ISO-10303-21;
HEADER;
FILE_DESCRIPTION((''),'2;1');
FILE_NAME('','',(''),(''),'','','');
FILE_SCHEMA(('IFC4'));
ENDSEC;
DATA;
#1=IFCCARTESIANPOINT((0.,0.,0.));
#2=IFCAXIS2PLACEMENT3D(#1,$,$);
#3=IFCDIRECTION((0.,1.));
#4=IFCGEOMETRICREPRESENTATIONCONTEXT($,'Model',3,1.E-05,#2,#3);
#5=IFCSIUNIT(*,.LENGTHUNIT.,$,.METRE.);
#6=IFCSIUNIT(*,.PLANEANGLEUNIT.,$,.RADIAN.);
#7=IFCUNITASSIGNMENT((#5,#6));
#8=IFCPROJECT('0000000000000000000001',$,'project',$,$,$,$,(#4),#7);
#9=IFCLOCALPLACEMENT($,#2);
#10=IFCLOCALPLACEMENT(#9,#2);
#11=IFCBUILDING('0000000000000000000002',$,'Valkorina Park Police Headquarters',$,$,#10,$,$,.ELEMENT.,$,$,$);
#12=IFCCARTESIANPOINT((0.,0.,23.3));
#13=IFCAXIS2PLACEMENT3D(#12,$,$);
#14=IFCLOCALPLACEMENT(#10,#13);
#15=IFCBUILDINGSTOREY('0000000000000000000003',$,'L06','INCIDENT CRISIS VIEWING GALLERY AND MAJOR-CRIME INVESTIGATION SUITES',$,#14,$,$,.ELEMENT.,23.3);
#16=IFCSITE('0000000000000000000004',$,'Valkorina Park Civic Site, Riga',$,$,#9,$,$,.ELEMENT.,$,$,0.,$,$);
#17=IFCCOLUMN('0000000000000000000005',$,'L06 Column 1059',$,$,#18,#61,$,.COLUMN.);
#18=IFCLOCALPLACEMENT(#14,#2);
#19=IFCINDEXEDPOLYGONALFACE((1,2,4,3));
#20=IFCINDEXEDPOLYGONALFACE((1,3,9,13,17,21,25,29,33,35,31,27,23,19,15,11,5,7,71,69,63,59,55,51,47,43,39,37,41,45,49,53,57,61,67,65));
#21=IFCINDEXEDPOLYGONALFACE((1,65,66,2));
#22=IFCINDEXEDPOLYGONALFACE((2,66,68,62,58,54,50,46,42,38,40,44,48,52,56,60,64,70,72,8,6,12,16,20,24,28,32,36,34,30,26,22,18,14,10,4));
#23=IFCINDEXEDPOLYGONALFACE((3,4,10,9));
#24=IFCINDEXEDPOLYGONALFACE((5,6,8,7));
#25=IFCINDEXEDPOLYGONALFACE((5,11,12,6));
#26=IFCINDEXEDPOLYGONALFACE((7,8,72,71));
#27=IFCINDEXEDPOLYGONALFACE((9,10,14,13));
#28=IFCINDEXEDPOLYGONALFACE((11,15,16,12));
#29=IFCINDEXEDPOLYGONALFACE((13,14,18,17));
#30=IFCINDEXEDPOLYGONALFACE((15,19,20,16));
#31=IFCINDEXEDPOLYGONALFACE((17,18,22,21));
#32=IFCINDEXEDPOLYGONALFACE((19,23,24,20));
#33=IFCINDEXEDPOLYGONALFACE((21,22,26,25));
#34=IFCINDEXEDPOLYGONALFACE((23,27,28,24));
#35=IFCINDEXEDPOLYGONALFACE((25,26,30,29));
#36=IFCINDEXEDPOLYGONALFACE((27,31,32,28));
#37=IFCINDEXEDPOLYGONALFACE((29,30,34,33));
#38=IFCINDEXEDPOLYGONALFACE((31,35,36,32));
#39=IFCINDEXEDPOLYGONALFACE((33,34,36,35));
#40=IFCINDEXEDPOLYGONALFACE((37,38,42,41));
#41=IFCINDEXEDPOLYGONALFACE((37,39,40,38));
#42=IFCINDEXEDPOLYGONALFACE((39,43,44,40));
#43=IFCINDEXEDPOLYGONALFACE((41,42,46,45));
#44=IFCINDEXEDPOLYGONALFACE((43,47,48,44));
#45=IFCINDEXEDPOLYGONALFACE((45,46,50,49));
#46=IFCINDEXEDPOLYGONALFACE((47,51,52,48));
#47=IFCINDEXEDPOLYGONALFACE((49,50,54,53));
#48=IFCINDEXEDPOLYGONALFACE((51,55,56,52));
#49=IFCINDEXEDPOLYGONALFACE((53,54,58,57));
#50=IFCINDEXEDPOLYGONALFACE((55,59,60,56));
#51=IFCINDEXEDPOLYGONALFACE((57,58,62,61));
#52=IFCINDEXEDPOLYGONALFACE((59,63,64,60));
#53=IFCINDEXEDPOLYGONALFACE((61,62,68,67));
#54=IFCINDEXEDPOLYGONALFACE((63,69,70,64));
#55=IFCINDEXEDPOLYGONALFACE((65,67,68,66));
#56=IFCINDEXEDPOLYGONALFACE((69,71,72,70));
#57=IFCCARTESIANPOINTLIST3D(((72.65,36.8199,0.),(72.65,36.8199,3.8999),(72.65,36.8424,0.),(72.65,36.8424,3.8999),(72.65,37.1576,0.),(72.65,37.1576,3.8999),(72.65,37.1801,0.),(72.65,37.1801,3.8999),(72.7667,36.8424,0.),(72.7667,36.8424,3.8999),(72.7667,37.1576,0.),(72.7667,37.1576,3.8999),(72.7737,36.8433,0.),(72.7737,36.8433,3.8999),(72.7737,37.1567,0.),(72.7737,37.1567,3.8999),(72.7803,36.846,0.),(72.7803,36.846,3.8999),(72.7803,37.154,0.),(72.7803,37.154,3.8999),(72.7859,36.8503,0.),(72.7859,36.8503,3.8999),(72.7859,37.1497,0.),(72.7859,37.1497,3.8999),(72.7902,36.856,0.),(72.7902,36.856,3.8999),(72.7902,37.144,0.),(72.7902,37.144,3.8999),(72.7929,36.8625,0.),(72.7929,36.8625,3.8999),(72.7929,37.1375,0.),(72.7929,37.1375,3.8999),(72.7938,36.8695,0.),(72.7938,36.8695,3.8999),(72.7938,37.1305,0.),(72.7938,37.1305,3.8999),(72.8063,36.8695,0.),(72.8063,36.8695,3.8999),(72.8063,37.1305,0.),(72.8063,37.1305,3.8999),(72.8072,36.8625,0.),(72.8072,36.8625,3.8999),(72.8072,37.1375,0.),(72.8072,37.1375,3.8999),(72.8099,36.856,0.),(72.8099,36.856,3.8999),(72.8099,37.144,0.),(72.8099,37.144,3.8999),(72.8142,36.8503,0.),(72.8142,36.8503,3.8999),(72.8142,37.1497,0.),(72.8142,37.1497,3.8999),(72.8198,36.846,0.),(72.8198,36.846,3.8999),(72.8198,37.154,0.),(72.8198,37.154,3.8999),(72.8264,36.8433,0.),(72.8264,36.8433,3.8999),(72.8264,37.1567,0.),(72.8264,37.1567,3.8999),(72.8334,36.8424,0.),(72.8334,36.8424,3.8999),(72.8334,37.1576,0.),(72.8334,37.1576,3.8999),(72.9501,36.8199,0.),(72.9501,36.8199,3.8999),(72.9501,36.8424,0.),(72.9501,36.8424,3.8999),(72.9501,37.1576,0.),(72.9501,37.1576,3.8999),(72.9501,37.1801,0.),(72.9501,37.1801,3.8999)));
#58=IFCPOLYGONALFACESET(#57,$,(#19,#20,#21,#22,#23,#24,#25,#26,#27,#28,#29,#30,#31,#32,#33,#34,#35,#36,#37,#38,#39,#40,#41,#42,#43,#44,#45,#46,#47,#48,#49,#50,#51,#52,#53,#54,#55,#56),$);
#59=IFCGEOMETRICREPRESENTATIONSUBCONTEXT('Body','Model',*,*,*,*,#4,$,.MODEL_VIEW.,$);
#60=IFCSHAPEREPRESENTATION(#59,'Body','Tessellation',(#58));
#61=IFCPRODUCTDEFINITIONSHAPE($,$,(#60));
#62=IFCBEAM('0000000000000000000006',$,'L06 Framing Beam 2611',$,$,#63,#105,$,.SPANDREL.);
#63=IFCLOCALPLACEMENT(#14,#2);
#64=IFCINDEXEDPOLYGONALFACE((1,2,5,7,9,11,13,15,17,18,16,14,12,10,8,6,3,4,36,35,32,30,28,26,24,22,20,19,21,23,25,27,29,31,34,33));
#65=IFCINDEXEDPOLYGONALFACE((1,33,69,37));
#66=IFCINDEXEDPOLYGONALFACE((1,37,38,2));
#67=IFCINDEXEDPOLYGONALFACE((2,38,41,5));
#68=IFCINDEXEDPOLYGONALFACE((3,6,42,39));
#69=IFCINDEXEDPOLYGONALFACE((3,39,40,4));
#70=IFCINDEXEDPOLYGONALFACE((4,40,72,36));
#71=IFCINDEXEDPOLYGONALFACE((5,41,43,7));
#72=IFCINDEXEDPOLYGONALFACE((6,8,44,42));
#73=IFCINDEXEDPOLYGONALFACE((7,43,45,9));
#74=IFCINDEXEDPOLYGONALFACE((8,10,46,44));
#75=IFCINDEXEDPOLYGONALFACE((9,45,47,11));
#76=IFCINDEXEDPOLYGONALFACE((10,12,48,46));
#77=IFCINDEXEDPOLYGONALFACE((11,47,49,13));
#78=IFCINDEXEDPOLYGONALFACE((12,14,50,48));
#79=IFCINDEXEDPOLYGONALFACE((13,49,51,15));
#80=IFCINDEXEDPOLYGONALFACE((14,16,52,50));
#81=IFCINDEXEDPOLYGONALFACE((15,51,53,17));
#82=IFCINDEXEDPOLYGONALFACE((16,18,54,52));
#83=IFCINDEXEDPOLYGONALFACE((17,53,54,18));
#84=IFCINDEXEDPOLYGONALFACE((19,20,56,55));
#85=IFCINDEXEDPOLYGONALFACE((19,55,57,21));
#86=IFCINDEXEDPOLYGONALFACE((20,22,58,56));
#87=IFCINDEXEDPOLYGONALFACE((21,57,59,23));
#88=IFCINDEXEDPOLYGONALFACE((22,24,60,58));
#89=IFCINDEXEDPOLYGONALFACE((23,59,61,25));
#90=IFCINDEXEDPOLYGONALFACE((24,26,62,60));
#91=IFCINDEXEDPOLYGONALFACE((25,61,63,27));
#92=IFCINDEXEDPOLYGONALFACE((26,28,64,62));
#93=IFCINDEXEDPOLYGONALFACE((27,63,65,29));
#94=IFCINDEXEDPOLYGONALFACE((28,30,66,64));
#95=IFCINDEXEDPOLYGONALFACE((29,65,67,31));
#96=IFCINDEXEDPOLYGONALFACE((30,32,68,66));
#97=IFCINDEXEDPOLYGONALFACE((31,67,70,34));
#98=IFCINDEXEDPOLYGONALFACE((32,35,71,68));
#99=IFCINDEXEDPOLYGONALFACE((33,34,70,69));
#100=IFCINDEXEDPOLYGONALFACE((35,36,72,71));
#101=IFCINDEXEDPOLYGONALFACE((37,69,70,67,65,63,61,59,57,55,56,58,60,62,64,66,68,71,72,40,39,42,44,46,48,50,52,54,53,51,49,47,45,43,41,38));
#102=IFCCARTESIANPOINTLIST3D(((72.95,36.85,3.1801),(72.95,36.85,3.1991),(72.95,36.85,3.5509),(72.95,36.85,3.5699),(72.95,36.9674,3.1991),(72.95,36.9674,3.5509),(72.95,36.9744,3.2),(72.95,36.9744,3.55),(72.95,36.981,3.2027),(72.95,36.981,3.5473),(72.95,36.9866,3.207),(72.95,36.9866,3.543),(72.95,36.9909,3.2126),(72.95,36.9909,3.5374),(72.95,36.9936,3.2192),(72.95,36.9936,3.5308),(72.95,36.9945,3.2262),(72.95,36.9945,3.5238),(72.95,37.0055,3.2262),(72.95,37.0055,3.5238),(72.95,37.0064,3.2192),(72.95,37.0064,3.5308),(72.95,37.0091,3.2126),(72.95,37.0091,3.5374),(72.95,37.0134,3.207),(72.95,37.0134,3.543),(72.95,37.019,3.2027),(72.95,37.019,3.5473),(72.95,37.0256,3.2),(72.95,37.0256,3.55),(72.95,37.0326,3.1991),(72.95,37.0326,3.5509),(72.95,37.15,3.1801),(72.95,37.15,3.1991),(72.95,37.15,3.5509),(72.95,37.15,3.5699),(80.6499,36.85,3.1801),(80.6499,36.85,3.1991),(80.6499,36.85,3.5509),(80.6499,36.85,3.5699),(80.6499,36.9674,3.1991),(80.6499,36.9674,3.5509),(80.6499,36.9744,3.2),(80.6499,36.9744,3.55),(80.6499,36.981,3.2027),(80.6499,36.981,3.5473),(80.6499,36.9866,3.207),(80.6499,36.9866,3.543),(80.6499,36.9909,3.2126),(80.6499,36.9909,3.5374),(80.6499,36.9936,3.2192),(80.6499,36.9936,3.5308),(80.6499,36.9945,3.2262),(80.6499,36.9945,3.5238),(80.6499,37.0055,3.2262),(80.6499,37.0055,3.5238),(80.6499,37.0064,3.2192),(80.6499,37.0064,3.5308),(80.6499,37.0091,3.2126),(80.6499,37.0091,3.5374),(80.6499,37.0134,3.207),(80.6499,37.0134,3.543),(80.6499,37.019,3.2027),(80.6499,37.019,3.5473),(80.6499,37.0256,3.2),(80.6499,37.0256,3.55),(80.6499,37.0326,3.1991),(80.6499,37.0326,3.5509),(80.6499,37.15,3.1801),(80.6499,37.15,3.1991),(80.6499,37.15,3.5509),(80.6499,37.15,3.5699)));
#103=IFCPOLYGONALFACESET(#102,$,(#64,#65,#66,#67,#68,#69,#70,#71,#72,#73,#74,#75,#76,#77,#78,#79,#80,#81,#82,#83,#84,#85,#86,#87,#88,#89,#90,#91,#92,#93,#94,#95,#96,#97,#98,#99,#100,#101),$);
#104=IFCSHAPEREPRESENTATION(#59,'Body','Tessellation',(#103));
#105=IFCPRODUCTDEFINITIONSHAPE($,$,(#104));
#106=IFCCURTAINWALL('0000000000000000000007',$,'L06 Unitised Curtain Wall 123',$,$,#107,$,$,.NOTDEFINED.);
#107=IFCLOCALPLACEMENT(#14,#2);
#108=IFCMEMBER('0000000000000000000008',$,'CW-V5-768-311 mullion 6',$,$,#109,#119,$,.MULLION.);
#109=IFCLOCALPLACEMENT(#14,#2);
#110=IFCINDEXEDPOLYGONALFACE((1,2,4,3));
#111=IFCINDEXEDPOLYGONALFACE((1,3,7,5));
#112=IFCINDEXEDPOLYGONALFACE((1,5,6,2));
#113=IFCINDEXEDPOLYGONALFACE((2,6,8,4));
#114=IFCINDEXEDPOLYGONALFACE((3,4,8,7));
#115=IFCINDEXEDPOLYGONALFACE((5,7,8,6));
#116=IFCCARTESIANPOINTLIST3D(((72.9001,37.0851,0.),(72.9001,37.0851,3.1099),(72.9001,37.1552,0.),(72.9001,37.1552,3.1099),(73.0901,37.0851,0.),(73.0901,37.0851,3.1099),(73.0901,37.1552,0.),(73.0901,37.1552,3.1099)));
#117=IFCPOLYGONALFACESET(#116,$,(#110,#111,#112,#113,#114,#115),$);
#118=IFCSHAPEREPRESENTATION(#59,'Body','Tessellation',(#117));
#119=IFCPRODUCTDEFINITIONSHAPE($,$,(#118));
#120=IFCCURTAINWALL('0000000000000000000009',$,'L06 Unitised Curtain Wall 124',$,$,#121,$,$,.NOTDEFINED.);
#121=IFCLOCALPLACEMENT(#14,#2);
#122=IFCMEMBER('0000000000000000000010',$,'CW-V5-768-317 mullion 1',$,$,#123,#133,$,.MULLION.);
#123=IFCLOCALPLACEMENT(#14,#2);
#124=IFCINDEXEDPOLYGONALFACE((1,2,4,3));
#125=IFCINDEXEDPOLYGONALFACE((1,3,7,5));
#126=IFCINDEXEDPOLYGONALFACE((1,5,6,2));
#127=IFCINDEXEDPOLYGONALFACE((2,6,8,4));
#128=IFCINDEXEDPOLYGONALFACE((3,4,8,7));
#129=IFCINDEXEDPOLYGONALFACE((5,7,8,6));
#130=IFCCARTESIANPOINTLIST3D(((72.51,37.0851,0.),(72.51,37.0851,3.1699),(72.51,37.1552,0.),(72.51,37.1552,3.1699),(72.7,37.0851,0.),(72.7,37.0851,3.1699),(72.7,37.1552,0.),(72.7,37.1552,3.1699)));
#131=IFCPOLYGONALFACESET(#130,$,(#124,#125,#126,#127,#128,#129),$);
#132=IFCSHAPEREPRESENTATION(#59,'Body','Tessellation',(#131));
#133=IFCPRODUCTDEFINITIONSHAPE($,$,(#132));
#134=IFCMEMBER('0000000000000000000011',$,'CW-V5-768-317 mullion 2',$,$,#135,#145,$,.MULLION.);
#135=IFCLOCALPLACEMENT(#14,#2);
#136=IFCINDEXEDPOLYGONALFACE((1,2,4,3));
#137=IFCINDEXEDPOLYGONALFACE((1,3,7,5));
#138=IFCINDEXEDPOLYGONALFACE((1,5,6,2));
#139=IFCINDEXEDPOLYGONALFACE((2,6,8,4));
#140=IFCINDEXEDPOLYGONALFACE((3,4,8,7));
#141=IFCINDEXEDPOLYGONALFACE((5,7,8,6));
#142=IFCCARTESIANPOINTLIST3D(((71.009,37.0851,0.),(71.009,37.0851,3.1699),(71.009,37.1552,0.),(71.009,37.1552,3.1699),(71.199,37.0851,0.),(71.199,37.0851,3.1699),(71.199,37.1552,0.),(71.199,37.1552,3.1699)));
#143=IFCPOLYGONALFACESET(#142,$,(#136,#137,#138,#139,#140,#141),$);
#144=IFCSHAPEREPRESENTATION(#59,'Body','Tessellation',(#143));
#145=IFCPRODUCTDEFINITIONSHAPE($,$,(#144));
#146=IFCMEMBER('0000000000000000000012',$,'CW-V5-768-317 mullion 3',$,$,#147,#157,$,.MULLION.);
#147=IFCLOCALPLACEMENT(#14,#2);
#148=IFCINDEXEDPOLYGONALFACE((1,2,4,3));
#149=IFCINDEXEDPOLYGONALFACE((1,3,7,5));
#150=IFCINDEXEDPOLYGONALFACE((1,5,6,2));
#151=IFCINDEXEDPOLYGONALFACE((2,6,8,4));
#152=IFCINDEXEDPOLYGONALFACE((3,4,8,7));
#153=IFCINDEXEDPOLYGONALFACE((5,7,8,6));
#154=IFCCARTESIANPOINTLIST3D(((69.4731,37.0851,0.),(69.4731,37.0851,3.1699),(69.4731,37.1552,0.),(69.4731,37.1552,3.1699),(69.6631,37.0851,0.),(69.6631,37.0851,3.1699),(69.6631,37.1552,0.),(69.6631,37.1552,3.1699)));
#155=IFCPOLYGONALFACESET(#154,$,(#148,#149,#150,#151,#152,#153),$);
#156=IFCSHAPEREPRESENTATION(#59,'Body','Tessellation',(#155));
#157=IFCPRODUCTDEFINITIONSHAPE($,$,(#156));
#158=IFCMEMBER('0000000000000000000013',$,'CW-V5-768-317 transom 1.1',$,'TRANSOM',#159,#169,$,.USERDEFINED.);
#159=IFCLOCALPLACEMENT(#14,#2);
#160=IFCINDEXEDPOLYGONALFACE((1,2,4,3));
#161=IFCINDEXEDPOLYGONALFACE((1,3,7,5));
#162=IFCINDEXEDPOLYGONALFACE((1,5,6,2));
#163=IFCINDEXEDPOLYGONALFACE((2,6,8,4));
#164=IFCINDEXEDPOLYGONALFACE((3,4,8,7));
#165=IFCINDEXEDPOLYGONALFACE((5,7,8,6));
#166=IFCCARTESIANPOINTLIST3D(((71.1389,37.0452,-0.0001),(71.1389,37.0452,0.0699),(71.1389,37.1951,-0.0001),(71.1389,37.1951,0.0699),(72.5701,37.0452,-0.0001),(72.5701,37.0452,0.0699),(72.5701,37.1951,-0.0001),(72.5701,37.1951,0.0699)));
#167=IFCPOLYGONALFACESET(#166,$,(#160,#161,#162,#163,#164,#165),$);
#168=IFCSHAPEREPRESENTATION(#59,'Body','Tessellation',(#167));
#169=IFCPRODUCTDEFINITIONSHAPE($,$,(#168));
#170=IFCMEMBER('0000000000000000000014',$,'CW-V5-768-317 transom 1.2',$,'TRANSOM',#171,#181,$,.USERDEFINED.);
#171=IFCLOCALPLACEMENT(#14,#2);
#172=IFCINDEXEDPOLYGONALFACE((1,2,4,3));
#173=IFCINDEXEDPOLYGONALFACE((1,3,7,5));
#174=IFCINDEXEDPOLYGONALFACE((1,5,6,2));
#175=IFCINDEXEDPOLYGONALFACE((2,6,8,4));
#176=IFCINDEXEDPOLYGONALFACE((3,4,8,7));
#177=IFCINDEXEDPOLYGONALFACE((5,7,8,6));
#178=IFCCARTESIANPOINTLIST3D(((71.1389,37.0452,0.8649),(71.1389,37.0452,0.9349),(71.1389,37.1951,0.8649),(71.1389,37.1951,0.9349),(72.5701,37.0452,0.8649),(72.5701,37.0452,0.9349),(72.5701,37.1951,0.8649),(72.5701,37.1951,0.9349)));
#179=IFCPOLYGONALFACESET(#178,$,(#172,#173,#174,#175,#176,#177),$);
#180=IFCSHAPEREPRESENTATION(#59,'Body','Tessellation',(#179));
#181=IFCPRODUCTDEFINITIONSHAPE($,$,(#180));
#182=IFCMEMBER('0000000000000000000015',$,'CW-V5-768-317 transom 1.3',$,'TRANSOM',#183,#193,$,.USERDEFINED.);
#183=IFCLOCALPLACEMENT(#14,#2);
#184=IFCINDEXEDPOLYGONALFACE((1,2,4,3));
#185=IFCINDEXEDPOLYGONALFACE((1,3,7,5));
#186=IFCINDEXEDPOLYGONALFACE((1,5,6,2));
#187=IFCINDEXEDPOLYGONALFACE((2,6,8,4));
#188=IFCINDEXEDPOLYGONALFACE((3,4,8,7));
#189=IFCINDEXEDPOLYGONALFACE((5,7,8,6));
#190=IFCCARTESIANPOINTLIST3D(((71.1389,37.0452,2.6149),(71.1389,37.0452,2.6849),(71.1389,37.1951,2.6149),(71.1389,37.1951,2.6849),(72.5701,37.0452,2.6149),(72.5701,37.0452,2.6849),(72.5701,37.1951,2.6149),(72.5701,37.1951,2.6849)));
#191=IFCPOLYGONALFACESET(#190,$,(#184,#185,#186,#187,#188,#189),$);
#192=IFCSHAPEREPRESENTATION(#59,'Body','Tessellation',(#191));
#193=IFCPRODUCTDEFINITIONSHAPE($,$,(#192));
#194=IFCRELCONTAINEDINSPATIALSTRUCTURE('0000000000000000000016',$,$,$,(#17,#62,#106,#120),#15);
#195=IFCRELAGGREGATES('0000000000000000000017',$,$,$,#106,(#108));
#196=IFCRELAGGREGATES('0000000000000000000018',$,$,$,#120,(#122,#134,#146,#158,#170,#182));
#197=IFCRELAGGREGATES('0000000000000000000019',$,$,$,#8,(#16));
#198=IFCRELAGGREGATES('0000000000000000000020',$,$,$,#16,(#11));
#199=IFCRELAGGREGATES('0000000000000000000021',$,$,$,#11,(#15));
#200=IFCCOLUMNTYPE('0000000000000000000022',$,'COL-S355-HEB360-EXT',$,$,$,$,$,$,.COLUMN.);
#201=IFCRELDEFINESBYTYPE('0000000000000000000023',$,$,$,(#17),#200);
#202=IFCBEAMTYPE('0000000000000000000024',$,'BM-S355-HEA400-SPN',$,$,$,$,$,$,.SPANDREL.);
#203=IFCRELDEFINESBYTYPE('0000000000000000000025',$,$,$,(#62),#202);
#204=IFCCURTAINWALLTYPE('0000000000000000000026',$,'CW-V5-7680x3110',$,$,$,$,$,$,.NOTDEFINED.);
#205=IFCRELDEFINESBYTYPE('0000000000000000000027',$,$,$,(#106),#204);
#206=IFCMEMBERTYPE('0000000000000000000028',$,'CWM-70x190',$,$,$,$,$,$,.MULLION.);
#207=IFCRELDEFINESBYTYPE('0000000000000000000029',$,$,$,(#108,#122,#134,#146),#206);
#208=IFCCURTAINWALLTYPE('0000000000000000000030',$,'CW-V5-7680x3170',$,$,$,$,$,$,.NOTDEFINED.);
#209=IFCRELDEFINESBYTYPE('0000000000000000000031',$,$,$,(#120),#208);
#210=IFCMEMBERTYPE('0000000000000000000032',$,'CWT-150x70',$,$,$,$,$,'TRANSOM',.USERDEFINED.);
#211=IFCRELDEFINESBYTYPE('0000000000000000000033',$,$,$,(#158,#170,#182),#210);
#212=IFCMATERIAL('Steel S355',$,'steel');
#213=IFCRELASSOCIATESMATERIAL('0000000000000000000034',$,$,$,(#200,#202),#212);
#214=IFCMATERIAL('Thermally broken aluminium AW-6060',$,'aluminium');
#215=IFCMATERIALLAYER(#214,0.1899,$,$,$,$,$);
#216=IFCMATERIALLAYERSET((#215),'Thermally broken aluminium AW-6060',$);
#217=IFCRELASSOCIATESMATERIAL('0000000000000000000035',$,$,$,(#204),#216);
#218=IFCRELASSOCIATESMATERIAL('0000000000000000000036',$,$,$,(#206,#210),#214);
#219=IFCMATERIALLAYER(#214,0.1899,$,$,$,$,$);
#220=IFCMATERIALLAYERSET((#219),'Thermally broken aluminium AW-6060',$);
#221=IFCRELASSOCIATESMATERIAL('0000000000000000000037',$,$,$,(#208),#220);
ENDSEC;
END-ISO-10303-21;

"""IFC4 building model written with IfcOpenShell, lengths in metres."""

from ifc_helpers import new_model, si_unit, direction, frame, origin, origin_2d, place, context, subcontext, project, spatial, rectangle, i_section, extrude, material, layer, layer_set, material_profile, profile_set, type_object, element, aggregate, save


model = new_model("IFC4")

# Units and contexts
model_context = context("Model", 3, precision=1e-05, world=origin(), true_north=direction((0.0, 1.0)))
body_context = subcontext(model_context, "Body", "Model", "MODEL_VIEW")
ifc_project = project(units=[si_unit("LENGTHUNIT", "METRE"), si_unit("PLANEANGLEUNIT", "RADIAN")], contexts=[model_context])

# Site, building, storey
site_placement = place(None, origin())
site = spatial("IfcSite", under=ifc_project, at=site_placement, Name="Valkorina Park Civic Site, Riga", CompositionType="ELEMENT", RefElevation=0.0)
building_placement = place(site_placement, origin())
building = spatial("IfcBuilding", under=site, at=building_placement, Name="Valkorina Park Police Headquarters", CompositionType="ELEMENT")
storey_placement = place(building_placement, frame((0.0, 0.0, 23.3)))
storey = spatial("IfcBuildingStorey", under=building, at=storey_placement, Name="L06", Description="INCIDENT CRISIS VIEWING GALLERY AND MAJOR-CRIME INVESTIGATION SUITES", CompositionType="ELEMENT", Elevation=23.3)

# Column
ifc_material_1 = material(Name="Steel S355", Category="steel")
ifc_material_profile_1 = material_profile(ifc_material_1, i_section(OverallWidth=0.3, OverallDepth=0.3601, WebThickness=0.0125, FlangeThickness=0.0225, FilletRadius=0.0271, at=origin_2d()), Name="HEB 360")
ifc_profile_set_1 = profile_set([ifc_material_profile_1], Name="Steel S355")
column_type = type_object("IfcColumnType", Name="COL-S355-HEB360-EXT", PredefinedType="COLUMN", material=ifc_profile_set_1)
column_placement = place(storey_placement, frame((72.8, 37.0, 0.0), z_axis=(0.0, 0.0, 1.0), x_axis=(1.0, 0.0, 0.0)))
element("IfcColumn", 1, at=column_placement, inside=storey, type_object=column_type, Name="L06 Column 1059", PredefinedType="COLUMN", context=body_context, shape_type="SweptSolid", body=[
    extrude(i_section(OverallWidth=0.3, OverallDepth=0.3601, WebThickness=0.0125, FlangeThickness=0.0225, FilletRadius=0.0271, at=origin_2d()), origin(), (0.0, 0.0, 1.0), 3.8999),
])

# Beam
ifc_material_profile_2 = material_profile(ifc_material_1, i_section(OverallWidth=0.3, OverallDepth=0.3899, WebThickness=0.011, FlangeThickness=0.019, FilletRadius=0.0271, at=origin_2d()), Name="HEA 400")
ifc_profile_set_2 = profile_set([ifc_material_profile_2], Name="Steel S355")
beam_type = type_object("IfcBeamType", Name="BM-S355-HEA400-SPN", PredefinedType="SPANDREL", material=ifc_profile_set_2)
beam_placement = place(storey_placement, frame((72.95, 37.0, 3.375), z_axis=(1.0, 0.0, 0.0), x_axis=(0.0, 1.0, 0.0)))
element("IfcBeam", 2, at=beam_placement, inside=storey, type_object=beam_type, Name="L06 Framing Beam 2611", PredefinedType="SPANDREL", context=body_context, shape_type="SweptSolid", body=[
    extrude(i_section(OverallWidth=0.3, OverallDepth=0.3899, WebThickness=0.011, FlangeThickness=0.019, FilletRadius=0.0271, at=origin_2d()), origin(), (0.0, 0.0, 1.0), 7.7),
])

# Curtain wall, member
ifc_material_2 = material(Name="Thermally broken aluminium AW-6060", Category="aluminium")
ifc_layer_1 = layer(ifc_material_2, 0.1899)
ifc_layer_set_1 = layer_set([ifc_layer_1], Name="Thermally broken aluminium AW-6060")
curtain_wall_type_1 = type_object("IfcCurtainWallType", Name="CW-V5-7680x3110", PredefinedType="NOTDEFINED", material=ifc_layer_set_1)
curtain_wall_1_placement = place(storey_placement, origin())
curtain_wall_1 = element("IfcCurtainWall", 3, at=curtain_wall_1_placement, inside=storey, type_object=curtain_wall_type_1, Name="L06 Unitised Curtain Wall 123", PredefinedType="NOTDEFINED")
ifc_material_profile_3 = material_profile(ifc_material_2, rectangle(XDim=0.0701, YDim=0.1899, at=origin_2d()), Name="CWM-02 70x190")
ifc_profile_set_3 = profile_set([ifc_material_profile_3], Name="Thermally broken aluminium AW-6060")
member_type_1 = type_object("IfcMemberType", Name="CWM-70x190", PredefinedType="MULLION", material=ifc_profile_set_3)
member_1_placement = place(storey_placement, frame((72.9951, 37.1201, 0.0), z_axis=(0.0, 0.0, 1.0), x_axis=(0.0, -1.0, 0.0)))
member_1 = element("IfcMember", 4, at=member_1_placement, type_object=member_type_1, Name="CW-V5-768-311 mullion 6", PredefinedType="MULLION", context=body_context, shape_type="SweptSolid", body=[
    extrude(rectangle(XDim=0.0701, YDim=0.1899, at=origin_2d()), origin(), (0.0, 0.0, 1.0), 3.1099),
])
aggregate(curtain_wall_1, [member_1])

# Curtain wall, members
ifc_layer_2 = layer(ifc_material_2, 0.1899)
ifc_layer_set_2 = layer_set([ifc_layer_2], Name="Thermally broken aluminium AW-6060")
curtain_wall_type_2 = type_object("IfcCurtainWallType", Name="CW-V5-7680x3170", PredefinedType="NOTDEFINED", material=ifc_layer_set_2)
curtain_wall_2_placement = place(storey_placement, origin())
curtain_wall_2 = element("IfcCurtainWall", 5, at=curtain_wall_2_placement, inside=storey, type_object=curtain_wall_type_2, Name="L06 Unitised Curtain Wall 124", PredefinedType="NOTDEFINED")
member_2_placement = place(storey_placement, frame((72.605, 37.1201, 0.0), z_axis=(0.0, 0.0, 1.0), x_axis=(0.0, -1.0, 0.0)))
member_2 = element("IfcMember", 6, at=member_2_placement, type_object=member_type_1, Name="CW-V5-768-317 mullion 1", PredefinedType="MULLION", context=body_context, shape_type="SweptSolid", body=[
    extrude(rectangle(XDim=0.0701, YDim=0.1899, at=origin_2d()), origin(), (0.0, 0.0, 1.0), 3.1699),
])
member_3_placement = place(storey_placement, frame((71.104, 37.1201, 0.0), z_axis=(0.0, 0.0, 1.0), x_axis=(0.0, -1.0, 0.0)))
member_3 = element("IfcMember", 7, at=member_3_placement, type_object=member_type_1, Name="CW-V5-768-317 mullion 2", PredefinedType="MULLION", context=body_context, shape_type="SweptSolid", body=[
    extrude(rectangle(XDim=0.0701, YDim=0.1899, at=origin_2d()), origin(), (0.0, 0.0, 1.0), 3.1699),
])
member_4_placement = place(storey_placement, frame((69.5681, 37.1201, 0.0), z_axis=(0.0, 0.0, 1.0), x_axis=(0.0, -1.0, 0.0)))
member_4 = element("IfcMember", 8, at=member_4_placement, type_object=member_type_1, Name="CW-V5-768-317 mullion 3", PredefinedType="MULLION", context=body_context, shape_type="SweptSolid", body=[
    extrude(rectangle(XDim=0.0701, YDim=0.1899, at=origin_2d()), origin(), (0.0, 0.0, 1.0), 3.1699),
])
ifc_material_profile_4 = material_profile(ifc_material_2, rectangle(XDim=0.1499, YDim=0.0701, at=origin_2d()), Name="CWT-02 150x70")
ifc_profile_set_4 = profile_set([ifc_material_profile_4], Name="Thermally broken aluminium AW-6060")
member_type_2 = type_object("IfcMemberType", Name="CWT-150x70", ElementType="TRANSOM", PredefinedType="USERDEFINED", material=ifc_profile_set_4)
member_5_placement = place(storey_placement, frame((72.5701, 37.1201, 0.0349), z_axis=(-1.0, 0.0, 0.0), x_axis=(0.0, -1.0, 0.0)))
member_5 = element("IfcMember", 9, at=member_5_placement, type_object=member_type_2, Name="CW-V5-768-317 transom 1.1", ObjectType="TRANSOM", PredefinedType="USERDEFINED", context=body_context, shape_type="SweptSolid", body=[
    extrude(rectangle(XDim=0.1499, YDim=0.0701, at=origin_2d()), origin(), (0.0, 0.0, 1.0), 1.4312),
])
member_6_placement = place(storey_placement, frame((72.5701, 37.1201, 0.8999), z_axis=(-1.0, 0.0, 0.0), x_axis=(0.0, -1.0, 0.0)))
member_6 = element("IfcMember", 10, at=member_6_placement, type_object=member_type_2, Name="CW-V5-768-317 transom 1.2", ObjectType="TRANSOM", PredefinedType="USERDEFINED", context=body_context, shape_type="SweptSolid", body=[
    extrude(rectangle(XDim=0.1499, YDim=0.0701, at=origin_2d()), origin(), (0.0, 0.0, 1.0), 1.4312),
])
member_7_placement = place(storey_placement, frame((72.5701, 37.1201, 2.6499), z_axis=(-1.0, 0.0, 0.0), x_axis=(0.0, -1.0, 0.0)))
member_7 = element("IfcMember", 11, at=member_7_placement, type_object=member_type_2, Name="CW-V5-768-317 transom 1.3", ObjectType="TRANSOM", PredefinedType="USERDEFINED", context=body_context, shape_type="SweptSolid", body=[
    extrude(rectangle(XDim=0.1499, YDim=0.0701, at=origin_2d()), origin(), (0.0, 0.0, 1.0), 1.4312),
])
aggregate(curtain_wall_2, [member_2, member_3, member_4, member_5, member_6, member_7])

save(model, "model.ifc")
